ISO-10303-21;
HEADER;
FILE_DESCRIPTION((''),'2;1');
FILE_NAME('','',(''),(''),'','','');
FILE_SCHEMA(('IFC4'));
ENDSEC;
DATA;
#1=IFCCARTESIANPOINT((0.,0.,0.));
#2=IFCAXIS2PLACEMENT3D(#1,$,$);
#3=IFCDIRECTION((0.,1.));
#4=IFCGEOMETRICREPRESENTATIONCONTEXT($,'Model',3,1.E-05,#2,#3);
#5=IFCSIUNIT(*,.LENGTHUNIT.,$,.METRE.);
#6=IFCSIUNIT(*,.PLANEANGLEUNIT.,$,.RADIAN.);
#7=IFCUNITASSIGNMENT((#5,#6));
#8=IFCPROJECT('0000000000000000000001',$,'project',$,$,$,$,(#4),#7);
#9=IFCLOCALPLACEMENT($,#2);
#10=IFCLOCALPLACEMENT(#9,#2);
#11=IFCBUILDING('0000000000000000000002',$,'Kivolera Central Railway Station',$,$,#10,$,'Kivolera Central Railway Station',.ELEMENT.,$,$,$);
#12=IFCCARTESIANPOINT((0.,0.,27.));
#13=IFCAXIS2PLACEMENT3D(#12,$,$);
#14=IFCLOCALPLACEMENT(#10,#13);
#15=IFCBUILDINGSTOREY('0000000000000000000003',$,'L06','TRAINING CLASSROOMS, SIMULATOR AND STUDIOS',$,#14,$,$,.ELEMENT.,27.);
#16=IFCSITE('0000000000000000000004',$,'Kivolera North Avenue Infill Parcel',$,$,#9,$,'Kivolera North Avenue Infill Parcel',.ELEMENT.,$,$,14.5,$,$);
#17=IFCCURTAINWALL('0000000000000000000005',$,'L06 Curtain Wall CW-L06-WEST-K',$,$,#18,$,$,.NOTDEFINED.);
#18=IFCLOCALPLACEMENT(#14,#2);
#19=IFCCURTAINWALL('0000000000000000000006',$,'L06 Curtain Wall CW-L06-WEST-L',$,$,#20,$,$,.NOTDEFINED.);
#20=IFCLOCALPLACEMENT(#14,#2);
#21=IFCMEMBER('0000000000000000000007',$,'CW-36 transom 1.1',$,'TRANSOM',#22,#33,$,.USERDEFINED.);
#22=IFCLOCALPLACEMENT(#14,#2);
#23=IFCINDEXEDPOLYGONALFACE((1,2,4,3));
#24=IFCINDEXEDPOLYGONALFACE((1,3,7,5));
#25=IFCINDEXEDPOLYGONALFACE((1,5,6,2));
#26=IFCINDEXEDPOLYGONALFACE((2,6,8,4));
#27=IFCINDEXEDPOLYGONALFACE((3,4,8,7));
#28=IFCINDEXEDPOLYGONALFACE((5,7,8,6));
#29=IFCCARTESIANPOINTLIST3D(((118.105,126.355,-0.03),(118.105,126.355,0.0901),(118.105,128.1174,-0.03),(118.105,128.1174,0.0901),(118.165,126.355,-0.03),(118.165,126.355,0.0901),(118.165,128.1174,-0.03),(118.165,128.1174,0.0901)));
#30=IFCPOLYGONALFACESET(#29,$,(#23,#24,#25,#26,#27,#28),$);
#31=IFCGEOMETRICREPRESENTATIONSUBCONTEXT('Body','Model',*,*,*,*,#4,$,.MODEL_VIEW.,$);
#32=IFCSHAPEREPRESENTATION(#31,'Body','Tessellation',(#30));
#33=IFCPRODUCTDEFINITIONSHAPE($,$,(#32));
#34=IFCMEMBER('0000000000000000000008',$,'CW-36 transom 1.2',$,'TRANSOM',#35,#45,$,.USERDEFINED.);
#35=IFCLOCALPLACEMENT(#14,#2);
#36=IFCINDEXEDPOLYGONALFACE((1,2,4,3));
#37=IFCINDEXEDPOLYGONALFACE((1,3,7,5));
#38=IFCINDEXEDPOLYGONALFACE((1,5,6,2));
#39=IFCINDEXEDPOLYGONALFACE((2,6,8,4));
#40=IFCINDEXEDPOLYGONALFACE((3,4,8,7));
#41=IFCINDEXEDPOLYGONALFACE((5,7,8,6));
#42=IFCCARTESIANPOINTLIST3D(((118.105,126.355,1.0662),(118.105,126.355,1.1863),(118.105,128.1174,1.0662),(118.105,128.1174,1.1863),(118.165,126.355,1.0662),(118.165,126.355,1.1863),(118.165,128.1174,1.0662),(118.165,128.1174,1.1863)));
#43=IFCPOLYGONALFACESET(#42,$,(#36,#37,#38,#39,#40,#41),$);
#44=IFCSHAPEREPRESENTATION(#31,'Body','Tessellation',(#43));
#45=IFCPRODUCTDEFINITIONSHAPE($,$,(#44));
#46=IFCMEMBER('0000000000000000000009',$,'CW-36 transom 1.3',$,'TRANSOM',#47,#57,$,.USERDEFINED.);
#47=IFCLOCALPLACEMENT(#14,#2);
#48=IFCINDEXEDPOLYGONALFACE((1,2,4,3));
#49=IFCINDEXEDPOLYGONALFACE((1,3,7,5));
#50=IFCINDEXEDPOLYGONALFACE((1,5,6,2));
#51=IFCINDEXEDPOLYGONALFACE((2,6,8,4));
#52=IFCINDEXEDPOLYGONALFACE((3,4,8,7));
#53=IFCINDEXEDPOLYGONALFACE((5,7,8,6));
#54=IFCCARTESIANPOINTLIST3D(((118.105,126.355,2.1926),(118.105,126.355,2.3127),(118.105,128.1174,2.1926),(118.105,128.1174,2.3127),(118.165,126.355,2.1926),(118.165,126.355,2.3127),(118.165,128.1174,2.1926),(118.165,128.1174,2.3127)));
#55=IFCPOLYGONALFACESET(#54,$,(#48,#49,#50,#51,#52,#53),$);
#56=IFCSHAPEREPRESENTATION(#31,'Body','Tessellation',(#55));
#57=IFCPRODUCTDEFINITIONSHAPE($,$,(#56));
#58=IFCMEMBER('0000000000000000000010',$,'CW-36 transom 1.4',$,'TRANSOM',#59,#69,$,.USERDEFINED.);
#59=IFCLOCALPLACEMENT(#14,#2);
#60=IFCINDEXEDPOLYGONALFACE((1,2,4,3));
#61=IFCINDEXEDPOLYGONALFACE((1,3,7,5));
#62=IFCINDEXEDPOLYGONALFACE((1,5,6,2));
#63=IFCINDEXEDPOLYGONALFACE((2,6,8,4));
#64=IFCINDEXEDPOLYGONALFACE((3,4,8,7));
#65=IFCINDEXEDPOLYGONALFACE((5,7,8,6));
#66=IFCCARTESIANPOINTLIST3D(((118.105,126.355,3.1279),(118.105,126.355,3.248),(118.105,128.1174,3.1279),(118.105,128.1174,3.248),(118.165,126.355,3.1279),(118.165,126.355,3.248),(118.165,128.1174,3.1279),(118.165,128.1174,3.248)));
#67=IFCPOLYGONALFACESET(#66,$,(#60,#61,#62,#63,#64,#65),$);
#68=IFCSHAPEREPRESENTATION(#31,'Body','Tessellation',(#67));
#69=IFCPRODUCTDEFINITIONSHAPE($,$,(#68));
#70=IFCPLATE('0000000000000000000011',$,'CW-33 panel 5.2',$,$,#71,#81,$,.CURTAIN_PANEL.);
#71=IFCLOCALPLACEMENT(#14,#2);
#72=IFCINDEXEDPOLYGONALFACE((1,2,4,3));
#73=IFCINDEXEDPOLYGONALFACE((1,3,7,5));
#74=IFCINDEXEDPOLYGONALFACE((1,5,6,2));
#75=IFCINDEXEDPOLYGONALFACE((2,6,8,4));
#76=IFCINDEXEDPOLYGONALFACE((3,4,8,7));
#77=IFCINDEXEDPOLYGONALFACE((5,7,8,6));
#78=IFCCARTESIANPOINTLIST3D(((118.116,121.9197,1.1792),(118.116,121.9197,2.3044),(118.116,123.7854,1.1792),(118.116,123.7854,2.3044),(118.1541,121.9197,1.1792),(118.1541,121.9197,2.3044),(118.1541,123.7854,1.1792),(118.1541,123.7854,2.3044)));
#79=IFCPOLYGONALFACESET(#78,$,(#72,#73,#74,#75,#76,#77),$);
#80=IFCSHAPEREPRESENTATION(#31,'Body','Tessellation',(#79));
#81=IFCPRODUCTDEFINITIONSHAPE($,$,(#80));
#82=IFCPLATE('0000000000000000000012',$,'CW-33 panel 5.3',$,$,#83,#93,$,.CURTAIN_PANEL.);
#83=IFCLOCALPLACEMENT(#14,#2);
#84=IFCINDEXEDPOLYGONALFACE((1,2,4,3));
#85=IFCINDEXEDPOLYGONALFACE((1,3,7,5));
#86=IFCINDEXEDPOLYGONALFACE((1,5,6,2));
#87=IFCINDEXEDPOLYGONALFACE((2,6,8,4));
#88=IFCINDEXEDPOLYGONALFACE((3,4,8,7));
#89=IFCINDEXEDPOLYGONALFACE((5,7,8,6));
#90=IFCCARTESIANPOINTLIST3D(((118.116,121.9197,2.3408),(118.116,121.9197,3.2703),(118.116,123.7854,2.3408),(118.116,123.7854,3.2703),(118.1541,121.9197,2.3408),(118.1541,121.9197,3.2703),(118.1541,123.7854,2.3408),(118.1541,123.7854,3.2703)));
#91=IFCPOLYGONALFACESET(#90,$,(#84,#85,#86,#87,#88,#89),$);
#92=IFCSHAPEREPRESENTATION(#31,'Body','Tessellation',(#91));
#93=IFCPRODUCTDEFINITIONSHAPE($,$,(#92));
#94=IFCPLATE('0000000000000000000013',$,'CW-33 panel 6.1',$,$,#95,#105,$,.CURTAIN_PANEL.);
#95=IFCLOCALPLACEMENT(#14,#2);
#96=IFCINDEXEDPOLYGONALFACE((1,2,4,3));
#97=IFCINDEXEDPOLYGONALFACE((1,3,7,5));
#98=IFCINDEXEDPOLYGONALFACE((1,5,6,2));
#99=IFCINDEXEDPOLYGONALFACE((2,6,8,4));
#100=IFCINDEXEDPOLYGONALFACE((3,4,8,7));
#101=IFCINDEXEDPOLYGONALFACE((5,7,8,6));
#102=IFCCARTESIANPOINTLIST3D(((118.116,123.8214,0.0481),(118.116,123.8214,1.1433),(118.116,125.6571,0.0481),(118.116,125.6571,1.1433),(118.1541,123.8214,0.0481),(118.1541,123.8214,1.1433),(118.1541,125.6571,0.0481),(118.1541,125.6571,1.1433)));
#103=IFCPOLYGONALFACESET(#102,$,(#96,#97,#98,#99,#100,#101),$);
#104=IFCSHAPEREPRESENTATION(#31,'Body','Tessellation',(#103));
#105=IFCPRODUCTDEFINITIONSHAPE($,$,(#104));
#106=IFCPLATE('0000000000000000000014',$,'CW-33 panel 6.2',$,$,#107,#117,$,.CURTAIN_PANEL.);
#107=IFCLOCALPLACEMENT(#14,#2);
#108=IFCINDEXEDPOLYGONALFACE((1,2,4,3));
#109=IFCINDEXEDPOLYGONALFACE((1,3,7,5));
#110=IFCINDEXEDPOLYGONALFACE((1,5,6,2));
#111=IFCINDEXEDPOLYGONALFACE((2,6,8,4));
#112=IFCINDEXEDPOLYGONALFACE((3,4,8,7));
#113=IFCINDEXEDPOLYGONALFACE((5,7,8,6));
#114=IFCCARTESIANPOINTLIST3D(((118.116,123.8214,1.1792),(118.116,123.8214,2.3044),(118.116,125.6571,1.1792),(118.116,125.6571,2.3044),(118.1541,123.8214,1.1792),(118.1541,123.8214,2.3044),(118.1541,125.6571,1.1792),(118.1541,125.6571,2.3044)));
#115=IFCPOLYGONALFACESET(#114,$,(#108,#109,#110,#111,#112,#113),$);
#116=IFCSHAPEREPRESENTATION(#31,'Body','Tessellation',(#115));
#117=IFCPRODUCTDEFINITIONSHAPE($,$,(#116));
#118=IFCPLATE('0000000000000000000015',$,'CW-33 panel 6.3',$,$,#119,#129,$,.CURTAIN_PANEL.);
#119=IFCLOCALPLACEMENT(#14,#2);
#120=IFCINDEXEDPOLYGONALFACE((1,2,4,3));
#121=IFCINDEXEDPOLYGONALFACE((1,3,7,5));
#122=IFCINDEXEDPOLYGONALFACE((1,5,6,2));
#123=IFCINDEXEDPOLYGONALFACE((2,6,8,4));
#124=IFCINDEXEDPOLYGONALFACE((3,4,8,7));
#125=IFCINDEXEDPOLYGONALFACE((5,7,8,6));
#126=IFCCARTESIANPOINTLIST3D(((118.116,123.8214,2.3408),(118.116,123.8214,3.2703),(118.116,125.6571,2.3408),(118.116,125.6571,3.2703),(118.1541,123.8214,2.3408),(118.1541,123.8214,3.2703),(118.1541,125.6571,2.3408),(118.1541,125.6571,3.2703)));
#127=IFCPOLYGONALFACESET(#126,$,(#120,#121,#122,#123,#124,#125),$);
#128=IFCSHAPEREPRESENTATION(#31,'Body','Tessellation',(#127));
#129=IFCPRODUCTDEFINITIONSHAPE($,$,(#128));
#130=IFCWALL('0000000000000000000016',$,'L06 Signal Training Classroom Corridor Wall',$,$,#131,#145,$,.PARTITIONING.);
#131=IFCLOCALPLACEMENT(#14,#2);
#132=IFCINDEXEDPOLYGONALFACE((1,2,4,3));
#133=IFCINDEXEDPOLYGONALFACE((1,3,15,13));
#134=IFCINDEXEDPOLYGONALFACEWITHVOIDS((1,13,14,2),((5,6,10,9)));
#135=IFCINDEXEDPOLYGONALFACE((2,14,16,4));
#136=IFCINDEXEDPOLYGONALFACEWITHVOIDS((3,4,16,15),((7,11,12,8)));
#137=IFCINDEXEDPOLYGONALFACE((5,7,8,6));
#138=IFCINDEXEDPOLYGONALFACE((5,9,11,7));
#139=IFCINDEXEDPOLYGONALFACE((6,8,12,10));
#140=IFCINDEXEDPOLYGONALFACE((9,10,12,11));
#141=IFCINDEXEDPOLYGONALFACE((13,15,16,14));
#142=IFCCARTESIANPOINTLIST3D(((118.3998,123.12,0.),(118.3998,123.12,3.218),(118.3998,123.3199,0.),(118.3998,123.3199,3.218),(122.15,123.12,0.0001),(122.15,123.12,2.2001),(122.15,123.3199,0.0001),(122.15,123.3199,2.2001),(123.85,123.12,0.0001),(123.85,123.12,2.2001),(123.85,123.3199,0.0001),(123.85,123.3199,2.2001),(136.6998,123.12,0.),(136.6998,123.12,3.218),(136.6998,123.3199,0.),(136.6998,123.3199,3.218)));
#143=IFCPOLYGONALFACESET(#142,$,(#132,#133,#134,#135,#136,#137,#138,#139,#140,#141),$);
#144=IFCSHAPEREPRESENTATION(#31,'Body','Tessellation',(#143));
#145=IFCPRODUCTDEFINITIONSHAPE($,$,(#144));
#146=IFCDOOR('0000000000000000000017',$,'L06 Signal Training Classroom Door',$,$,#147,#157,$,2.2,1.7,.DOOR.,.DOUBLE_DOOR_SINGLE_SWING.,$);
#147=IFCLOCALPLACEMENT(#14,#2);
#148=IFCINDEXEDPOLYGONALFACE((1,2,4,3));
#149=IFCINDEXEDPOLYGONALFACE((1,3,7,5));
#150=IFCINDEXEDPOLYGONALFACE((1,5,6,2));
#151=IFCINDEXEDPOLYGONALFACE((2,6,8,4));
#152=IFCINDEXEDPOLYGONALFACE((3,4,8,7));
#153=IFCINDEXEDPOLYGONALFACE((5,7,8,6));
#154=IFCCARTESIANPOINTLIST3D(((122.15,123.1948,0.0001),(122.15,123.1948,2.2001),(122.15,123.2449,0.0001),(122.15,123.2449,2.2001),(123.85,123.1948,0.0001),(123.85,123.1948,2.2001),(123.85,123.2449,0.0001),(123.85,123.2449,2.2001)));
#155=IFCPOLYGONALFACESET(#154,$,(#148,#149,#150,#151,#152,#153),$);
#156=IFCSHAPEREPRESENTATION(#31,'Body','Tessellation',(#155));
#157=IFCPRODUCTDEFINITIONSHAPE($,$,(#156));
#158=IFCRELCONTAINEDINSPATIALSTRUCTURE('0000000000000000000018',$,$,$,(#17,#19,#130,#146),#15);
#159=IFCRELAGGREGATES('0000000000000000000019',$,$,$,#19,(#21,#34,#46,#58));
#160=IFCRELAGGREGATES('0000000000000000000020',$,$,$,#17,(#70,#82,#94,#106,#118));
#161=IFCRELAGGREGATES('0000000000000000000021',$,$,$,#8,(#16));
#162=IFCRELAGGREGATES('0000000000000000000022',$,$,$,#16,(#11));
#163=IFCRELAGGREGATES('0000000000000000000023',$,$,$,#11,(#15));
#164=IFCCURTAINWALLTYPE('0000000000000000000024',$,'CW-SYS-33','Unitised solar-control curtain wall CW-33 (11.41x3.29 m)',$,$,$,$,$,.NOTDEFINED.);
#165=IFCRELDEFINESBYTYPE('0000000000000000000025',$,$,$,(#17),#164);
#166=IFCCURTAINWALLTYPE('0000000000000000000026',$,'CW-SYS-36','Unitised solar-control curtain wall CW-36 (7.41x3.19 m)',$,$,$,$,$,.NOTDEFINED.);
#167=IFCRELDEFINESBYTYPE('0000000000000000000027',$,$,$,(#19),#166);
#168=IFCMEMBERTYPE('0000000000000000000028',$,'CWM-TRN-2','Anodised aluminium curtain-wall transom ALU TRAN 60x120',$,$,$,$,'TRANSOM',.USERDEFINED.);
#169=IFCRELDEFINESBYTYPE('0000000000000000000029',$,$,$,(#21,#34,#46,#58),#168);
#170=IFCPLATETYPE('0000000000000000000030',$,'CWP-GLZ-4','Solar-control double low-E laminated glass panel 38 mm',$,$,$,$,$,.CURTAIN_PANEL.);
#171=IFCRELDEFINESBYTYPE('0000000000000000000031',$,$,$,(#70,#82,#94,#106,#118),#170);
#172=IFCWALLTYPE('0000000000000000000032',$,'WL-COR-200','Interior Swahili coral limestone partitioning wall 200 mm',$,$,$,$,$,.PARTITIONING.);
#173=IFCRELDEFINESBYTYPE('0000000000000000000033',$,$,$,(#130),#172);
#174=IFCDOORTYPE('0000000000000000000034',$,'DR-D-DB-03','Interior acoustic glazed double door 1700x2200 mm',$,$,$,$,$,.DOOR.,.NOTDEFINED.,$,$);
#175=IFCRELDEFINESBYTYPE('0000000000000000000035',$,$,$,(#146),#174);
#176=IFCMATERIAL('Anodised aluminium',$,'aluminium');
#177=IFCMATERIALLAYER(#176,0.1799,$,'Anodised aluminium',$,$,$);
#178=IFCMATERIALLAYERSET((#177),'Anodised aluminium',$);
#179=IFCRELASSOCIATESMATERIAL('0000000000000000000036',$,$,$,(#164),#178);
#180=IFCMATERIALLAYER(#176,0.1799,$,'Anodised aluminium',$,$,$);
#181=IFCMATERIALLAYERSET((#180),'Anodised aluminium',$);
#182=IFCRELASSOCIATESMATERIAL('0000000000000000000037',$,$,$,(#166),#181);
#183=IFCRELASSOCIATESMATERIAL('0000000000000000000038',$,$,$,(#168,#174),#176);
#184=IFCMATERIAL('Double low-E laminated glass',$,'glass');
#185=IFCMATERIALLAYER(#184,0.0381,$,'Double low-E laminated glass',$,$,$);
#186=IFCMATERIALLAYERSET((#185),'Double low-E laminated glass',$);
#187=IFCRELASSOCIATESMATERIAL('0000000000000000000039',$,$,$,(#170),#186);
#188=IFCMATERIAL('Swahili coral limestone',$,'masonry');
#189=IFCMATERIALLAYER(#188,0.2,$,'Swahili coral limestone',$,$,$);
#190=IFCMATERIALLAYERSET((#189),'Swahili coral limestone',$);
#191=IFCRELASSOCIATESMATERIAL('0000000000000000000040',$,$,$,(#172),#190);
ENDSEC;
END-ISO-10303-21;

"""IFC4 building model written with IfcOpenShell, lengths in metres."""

from ifc_helpers import new_model, si_unit, direction, frame, frame_2d, origin, origin_2d, place, context, subcontext, project, spatial, rectangle, extrude, material, layer, layer_set, material_profile, profile_set, type_object, element, fill, aggregate, save


model = new_model("IFC4")

# Units and contexts
model_context = context("Model", 3, precision=1e-05, world=origin(), true_north=direction((0.0, 1.0)))
body_context = subcontext(model_context, "Body", "Model", "MODEL_VIEW")
ifc_project = project(units=[si_unit("LENGTHUNIT", "METRE"), si_unit("PLANEANGLEUNIT", "RADIAN")], contexts=[model_context])

# Site, building, storey
site_placement = place(None, origin())
site = spatial("IfcSite", under=ifc_project, at=site_placement, Name="Kivolera North Avenue Infill Parcel", LongName="Kivolera North Avenue Infill Parcel", CompositionType="ELEMENT", RefElevation=14.5)
building_placement = place(site_placement, origin())
building = spatial("IfcBuilding", under=site, at=building_placement, Name="Kivolera Central Railway Station", LongName="Kivolera Central Railway Station", CompositionType="ELEMENT")
storey_placement = place(building_placement, frame((0.0, 0.0, 27.0)))
storey = spatial("IfcBuildingStorey", under=building, at=storey_placement, Name="L06", Description="TRAINING CLASSROOMS, SIMULATOR AND STUDIOS", CompositionType="ELEMENT", Elevation=27.0)

# Curtain wall
ifc_material_1 = material(Name="Anodised aluminium", Category="aluminium")
ifc_layer_1 = layer(ifc_material_1, 0.1799, Name="Anodised aluminium")
ifc_layer_set_1 = layer_set([ifc_layer_1], Name="Anodised aluminium")
curtain_wall_type_1 = type_object("IfcCurtainWallType", Name="CW-SYS-33", Description="Unitised solar-control curtain wall CW-33 (11.41x3.29 m)", PredefinedType="NOTDEFINED", material=ifc_layer_set_1)
curtain_wall_1_placement = place(storey_placement, origin())
curtain_wall_1 = element("IfcCurtainWall", 1, at=curtain_wall_1_placement, inside=storey, type_object=curtain_wall_type_1, Name="L06 Curtain Wall CW-L06-WEST-K", PredefinedType="NOTDEFINED")

# Curtain wall
ifc_layer_2 = layer(ifc_material_1, 0.1799, Name="Anodised aluminium")
ifc_layer_set_2 = layer_set([ifc_layer_2], Name="Anodised aluminium")
curtain_wall_type_2 = type_object("IfcCurtainWallType", Name="CW-SYS-36", Description="Unitised solar-control curtain wall CW-36 (7.41x3.19 m)", PredefinedType="NOTDEFINED", material=ifc_layer_set_2)
curtain_wall_2_placement = place(storey_placement, origin())
curtain_wall_2 = element("IfcCurtainWall", 2, at=curtain_wall_2_placement, inside=storey, type_object=curtain_wall_type_2, Name="L06 Curtain Wall CW-L06-WEST-L", PredefinedType="NOTDEFINED")

# Members
ifc_material_profile_1 = material_profile(ifc_material_1, rectangle(XDim=0.0601, YDim=0.1201, at=origin_2d()), Name="ALU TRAN 60x120")
ifc_profile_set_1 = profile_set([ifc_material_profile_1], Name="Anodised aluminium")
member_type_1 = type_object("IfcMemberType", Name="CWM-TRN-2", Description="Anodised aluminium curtain-wall transom ALU TRAN 60x120", ElementType="TRANSOM", PredefinedType="USERDEFINED", material=ifc_profile_set_1)
member_1_placement = place(storey_placement, frame((118.135, 126.355, 0.03), z_axis=(0.0, 1.0, 0.0), x_axis=(-1.0, 0.0, 0.0)))
member_1 = element("IfcMember", 3, at=member_1_placement, type_object=member_type_1, Name="CW-36 transom 1.1", ObjectType="TRANSOM", PredefinedType="USERDEFINED", context=body_context, shape_type="SweptSolid", body=[
    extrude(rectangle(XDim=0.0601, YDim=0.1201, at=origin_2d()), origin(), (0.0, 0.0, 1.0), 1.7625),
])
member_2_placement = place(storey_placement, frame((118.135, 126.355, 1.1262), z_axis=(0.0, 1.0, 0.0), x_axis=(-1.0, 0.0, 0.0)))
member_2 = element("IfcMember", 4, at=member_2_placement, type_object=member_type_1, Name="CW-36 transom 1.2", ObjectType="TRANSOM", PredefinedType="USERDEFINED", context=body_context, shape_type="SweptSolid", body=[
    extrude(rectangle(XDim=0.0601, YDim=0.1201, at=origin_2d()), origin(), (0.0, 0.0, 1.0), 1.7625),
])
member_3_placement = place(storey_placement, frame((118.135, 126.355, 2.2527), z_axis=(0.0, 1.0, 0.0), x_axis=(-1.0, 0.0, 0.0)))
member_3 = element("IfcMember", 5, at=member_3_placement, type_object=member_type_1, Name="CW-36 transom 1.3", ObjectType="TRANSOM", PredefinedType="USERDEFINED", context=body_context, shape_type="SweptSolid", body=[
    extrude(rectangle(XDim=0.0601, YDim=0.1201, at=origin_2d()), origin(), (0.0, 0.0, 1.0), 1.7625),
])
member_4_placement = place(storey_placement, frame((118.135, 126.355, 3.188), z_axis=(0.0, 1.0, 0.0), x_axis=(-1.0, 0.0, 0.0)))
member_4 = element("IfcMember", 6, at=member_4_placement, type_object=member_type_1, Name="CW-36 transom 1.4", ObjectType="TRANSOM", PredefinedType="USERDEFINED", context=body_context, shape_type="SweptSolid", body=[
    extrude(rectangle(XDim=0.0601, YDim=0.1201, at=origin_2d()), origin(), (0.0, 0.0, 1.0), 1.7625),
])
aggregate(curtain_wall_2, [member_1, member_2, member_3, member_4])

# Plates
ifc_material_2 = material(Name="Double low-E laminated glass", Category="glass")
ifc_layer_3 = layer(ifc_material_2, 0.0381, Name="Double low-E laminated glass")
ifc_layer_set_3 = layer_set([ifc_layer_3], Name="Double low-E laminated glass")
plate_type = type_object("IfcPlateType", Name="CWP-GLZ-4", Description="Solar-control double low-E laminated glass panel 38 mm", PredefinedType="CURTAIN_PANEL", material=ifc_layer_set_3)
plate_1_placement = place(storey_placement, frame((118.135, 122.8525, 1.1792), z_axis=(0.0, 0.0, 1.0), x_axis=(0.0, 1.0, 0.0)))
plate_1 = element("IfcPlate", 7, at=plate_1_placement, type_object=plate_type, Name="CW-33 panel 5.2", PredefinedType="CURTAIN_PANEL", context=body_context, shape_type="SweptSolid", body=[
    extrude(rectangle(XDim=1.8657, YDim=0.0381, at=origin_2d()), origin(), (0.0, 0.0, 1.0), 1.1252),
])
plate_2_placement = place(storey_placement, frame((118.135, 122.8525, 2.3408), z_axis=(0.0, 0.0, 1.0), x_axis=(0.0, 1.0, 0.0)))
plate_2 = element("IfcPlate", 8, at=plate_2_placement, type_object=plate_type, Name="CW-33 panel 5.3", PredefinedType="CURTAIN_PANEL", context=body_context, shape_type="SweptSolid", body=[
    extrude(rectangle(XDim=1.8657, YDim=0.0381, at=origin_2d()), origin(), (0.0, 0.0, 1.0), 0.9294),
])
plate_3_placement = place(storey_placement, frame((118.135, 124.7393, 0.0481), z_axis=(0.0, 0.0, 1.0), x_axis=(0.0, 1.0, 0.0)))
plate_3 = element("IfcPlate", 9, at=plate_3_placement, type_object=plate_type, Name="CW-33 panel 6.1", PredefinedType="CURTAIN_PANEL", context=body_context, shape_type="SweptSolid", body=[
    extrude(rectangle(XDim=1.8357, YDim=0.0381, at=origin_2d()), origin(), (0.0, 0.0, 1.0), 1.0952),
])
plate_4_placement = place(storey_placement, frame((118.135, 124.7393, 1.1792), z_axis=(0.0, 0.0, 1.0), x_axis=(0.0, 1.0, 0.0)))
plate_4 = element("IfcPlate", 10, at=plate_4_placement, type_object=plate_type, Name="CW-33 panel 6.2", PredefinedType="CURTAIN_PANEL", context=body_context, shape_type="SweptSolid", body=[
    extrude(rectangle(XDim=1.8357, YDim=0.0381, at=origin_2d()), origin(), (0.0, 0.0, 1.0), 1.1252),
])
plate_5_placement = place(storey_placement, frame((118.135, 124.7393, 2.3408), z_axis=(0.0, 0.0, 1.0), x_axis=(0.0, 1.0, 0.0)))
plate_5 = element("IfcPlate", 11, at=plate_5_placement, type_object=plate_type, Name="CW-33 panel 6.3", PredefinedType="CURTAIN_PANEL", context=body_context, shape_type="SweptSolid", body=[
    extrude(rectangle(XDim=1.8357, YDim=0.0381, at=origin_2d()), origin(), (0.0, 0.0, 1.0), 0.9294),
])
aggregate(curtain_wall_1, [plate_1, plate_2, plate_3, plate_4, plate_5])

# Wall, opening, door
ifc_material_3 = material(Name="Swahili coral limestone", Category="masonry")
ifc_layer_4 = layer(ifc_material_3, 0.2, Name="Swahili coral limestone")
ifc_layer_set_4 = layer_set([ifc_layer_4], Name="Swahili coral limestone")
wall_type_1 = type_object("IfcWallType", Name="WL-COR-200", Description="Interior Swahili coral limestone partitioning wall 200 mm", PredefinedType="PARTITIONING", material=ifc_layer_set_4)
wall_1_placement = place(storey_placement, frame((118.3999, 123.22, 0.0), z_axis=(0.0, 0.0, 1.0), x_axis=(1.0, 0.0, 0.0)))
wall_1 = element("IfcWall", 12, at=wall_1_placement, inside=storey, type_object=wall_type_1, Name="L06 Signal Training Classroom Corridor Wall", PredefinedType="PARTITIONING", context=body_context, shape_type="SweptSolid", body=[
    extrude(rectangle(XDim=18.3, YDim=0.2, at=frame_2d((9.1499, 0.0))), origin(), (0.0, 0.0, 1.0), 3.218),
])
opening_1_placement = place(wall_1_placement, frame((3.75, 0.0, 0.0)))
opening_1 = element("IfcOpeningElement", 13, at=opening_1_placement, cuts=wall_1, PredefinedType="OPENING", context=body_context, shape_type="SweptSolid", body=[
    extrude(rectangle(XDim=1.7, YDim=2.2, at=frame_2d((0.8501, 1.1001))), frame((0.0, 0.1099, 0.0), z_axis=(0.0, -1.0, 0.0), x_axis=(1.0, 0.0, 0.0)), (0.0, 0.0, 1.0), 0.22),
])
door_type_1 = type_object("IfcDoorType", Name="DR-D-DB-03", Description="Interior acoustic glazed double door 1700x2200 mm", OperationType="NOTDEFINED", PredefinedType="DOOR", material=ifc_material_1)
door_1_placement = place(opening_1_placement, origin())
door_1 = element("IfcDoor", 14, at=door_1_placement, inside=storey, type_object=door_type_1, Name="L06 Signal Training Classroom Door", OperationType="DOUBLE_DOOR_SINGLE_SWING", OverallHeight=2.2, OverallWidth=1.7, PredefinedType="DOOR", context=body_context, shape_type="SweptSolid", body=[
    extrude(rectangle(XDim=1.7, YDim=2.2, at=frame_2d((0.8501, 1.1001))), frame((0.0, 0.0249, 0.0), z_axis=(0.0, -1.0, 0.0), x_axis=(1.0, 0.0, 0.0)), (0.0, 0.0, 1.0), 0.05),
])
fill(opening_1, door_1)

save(model, "model.ifc")
